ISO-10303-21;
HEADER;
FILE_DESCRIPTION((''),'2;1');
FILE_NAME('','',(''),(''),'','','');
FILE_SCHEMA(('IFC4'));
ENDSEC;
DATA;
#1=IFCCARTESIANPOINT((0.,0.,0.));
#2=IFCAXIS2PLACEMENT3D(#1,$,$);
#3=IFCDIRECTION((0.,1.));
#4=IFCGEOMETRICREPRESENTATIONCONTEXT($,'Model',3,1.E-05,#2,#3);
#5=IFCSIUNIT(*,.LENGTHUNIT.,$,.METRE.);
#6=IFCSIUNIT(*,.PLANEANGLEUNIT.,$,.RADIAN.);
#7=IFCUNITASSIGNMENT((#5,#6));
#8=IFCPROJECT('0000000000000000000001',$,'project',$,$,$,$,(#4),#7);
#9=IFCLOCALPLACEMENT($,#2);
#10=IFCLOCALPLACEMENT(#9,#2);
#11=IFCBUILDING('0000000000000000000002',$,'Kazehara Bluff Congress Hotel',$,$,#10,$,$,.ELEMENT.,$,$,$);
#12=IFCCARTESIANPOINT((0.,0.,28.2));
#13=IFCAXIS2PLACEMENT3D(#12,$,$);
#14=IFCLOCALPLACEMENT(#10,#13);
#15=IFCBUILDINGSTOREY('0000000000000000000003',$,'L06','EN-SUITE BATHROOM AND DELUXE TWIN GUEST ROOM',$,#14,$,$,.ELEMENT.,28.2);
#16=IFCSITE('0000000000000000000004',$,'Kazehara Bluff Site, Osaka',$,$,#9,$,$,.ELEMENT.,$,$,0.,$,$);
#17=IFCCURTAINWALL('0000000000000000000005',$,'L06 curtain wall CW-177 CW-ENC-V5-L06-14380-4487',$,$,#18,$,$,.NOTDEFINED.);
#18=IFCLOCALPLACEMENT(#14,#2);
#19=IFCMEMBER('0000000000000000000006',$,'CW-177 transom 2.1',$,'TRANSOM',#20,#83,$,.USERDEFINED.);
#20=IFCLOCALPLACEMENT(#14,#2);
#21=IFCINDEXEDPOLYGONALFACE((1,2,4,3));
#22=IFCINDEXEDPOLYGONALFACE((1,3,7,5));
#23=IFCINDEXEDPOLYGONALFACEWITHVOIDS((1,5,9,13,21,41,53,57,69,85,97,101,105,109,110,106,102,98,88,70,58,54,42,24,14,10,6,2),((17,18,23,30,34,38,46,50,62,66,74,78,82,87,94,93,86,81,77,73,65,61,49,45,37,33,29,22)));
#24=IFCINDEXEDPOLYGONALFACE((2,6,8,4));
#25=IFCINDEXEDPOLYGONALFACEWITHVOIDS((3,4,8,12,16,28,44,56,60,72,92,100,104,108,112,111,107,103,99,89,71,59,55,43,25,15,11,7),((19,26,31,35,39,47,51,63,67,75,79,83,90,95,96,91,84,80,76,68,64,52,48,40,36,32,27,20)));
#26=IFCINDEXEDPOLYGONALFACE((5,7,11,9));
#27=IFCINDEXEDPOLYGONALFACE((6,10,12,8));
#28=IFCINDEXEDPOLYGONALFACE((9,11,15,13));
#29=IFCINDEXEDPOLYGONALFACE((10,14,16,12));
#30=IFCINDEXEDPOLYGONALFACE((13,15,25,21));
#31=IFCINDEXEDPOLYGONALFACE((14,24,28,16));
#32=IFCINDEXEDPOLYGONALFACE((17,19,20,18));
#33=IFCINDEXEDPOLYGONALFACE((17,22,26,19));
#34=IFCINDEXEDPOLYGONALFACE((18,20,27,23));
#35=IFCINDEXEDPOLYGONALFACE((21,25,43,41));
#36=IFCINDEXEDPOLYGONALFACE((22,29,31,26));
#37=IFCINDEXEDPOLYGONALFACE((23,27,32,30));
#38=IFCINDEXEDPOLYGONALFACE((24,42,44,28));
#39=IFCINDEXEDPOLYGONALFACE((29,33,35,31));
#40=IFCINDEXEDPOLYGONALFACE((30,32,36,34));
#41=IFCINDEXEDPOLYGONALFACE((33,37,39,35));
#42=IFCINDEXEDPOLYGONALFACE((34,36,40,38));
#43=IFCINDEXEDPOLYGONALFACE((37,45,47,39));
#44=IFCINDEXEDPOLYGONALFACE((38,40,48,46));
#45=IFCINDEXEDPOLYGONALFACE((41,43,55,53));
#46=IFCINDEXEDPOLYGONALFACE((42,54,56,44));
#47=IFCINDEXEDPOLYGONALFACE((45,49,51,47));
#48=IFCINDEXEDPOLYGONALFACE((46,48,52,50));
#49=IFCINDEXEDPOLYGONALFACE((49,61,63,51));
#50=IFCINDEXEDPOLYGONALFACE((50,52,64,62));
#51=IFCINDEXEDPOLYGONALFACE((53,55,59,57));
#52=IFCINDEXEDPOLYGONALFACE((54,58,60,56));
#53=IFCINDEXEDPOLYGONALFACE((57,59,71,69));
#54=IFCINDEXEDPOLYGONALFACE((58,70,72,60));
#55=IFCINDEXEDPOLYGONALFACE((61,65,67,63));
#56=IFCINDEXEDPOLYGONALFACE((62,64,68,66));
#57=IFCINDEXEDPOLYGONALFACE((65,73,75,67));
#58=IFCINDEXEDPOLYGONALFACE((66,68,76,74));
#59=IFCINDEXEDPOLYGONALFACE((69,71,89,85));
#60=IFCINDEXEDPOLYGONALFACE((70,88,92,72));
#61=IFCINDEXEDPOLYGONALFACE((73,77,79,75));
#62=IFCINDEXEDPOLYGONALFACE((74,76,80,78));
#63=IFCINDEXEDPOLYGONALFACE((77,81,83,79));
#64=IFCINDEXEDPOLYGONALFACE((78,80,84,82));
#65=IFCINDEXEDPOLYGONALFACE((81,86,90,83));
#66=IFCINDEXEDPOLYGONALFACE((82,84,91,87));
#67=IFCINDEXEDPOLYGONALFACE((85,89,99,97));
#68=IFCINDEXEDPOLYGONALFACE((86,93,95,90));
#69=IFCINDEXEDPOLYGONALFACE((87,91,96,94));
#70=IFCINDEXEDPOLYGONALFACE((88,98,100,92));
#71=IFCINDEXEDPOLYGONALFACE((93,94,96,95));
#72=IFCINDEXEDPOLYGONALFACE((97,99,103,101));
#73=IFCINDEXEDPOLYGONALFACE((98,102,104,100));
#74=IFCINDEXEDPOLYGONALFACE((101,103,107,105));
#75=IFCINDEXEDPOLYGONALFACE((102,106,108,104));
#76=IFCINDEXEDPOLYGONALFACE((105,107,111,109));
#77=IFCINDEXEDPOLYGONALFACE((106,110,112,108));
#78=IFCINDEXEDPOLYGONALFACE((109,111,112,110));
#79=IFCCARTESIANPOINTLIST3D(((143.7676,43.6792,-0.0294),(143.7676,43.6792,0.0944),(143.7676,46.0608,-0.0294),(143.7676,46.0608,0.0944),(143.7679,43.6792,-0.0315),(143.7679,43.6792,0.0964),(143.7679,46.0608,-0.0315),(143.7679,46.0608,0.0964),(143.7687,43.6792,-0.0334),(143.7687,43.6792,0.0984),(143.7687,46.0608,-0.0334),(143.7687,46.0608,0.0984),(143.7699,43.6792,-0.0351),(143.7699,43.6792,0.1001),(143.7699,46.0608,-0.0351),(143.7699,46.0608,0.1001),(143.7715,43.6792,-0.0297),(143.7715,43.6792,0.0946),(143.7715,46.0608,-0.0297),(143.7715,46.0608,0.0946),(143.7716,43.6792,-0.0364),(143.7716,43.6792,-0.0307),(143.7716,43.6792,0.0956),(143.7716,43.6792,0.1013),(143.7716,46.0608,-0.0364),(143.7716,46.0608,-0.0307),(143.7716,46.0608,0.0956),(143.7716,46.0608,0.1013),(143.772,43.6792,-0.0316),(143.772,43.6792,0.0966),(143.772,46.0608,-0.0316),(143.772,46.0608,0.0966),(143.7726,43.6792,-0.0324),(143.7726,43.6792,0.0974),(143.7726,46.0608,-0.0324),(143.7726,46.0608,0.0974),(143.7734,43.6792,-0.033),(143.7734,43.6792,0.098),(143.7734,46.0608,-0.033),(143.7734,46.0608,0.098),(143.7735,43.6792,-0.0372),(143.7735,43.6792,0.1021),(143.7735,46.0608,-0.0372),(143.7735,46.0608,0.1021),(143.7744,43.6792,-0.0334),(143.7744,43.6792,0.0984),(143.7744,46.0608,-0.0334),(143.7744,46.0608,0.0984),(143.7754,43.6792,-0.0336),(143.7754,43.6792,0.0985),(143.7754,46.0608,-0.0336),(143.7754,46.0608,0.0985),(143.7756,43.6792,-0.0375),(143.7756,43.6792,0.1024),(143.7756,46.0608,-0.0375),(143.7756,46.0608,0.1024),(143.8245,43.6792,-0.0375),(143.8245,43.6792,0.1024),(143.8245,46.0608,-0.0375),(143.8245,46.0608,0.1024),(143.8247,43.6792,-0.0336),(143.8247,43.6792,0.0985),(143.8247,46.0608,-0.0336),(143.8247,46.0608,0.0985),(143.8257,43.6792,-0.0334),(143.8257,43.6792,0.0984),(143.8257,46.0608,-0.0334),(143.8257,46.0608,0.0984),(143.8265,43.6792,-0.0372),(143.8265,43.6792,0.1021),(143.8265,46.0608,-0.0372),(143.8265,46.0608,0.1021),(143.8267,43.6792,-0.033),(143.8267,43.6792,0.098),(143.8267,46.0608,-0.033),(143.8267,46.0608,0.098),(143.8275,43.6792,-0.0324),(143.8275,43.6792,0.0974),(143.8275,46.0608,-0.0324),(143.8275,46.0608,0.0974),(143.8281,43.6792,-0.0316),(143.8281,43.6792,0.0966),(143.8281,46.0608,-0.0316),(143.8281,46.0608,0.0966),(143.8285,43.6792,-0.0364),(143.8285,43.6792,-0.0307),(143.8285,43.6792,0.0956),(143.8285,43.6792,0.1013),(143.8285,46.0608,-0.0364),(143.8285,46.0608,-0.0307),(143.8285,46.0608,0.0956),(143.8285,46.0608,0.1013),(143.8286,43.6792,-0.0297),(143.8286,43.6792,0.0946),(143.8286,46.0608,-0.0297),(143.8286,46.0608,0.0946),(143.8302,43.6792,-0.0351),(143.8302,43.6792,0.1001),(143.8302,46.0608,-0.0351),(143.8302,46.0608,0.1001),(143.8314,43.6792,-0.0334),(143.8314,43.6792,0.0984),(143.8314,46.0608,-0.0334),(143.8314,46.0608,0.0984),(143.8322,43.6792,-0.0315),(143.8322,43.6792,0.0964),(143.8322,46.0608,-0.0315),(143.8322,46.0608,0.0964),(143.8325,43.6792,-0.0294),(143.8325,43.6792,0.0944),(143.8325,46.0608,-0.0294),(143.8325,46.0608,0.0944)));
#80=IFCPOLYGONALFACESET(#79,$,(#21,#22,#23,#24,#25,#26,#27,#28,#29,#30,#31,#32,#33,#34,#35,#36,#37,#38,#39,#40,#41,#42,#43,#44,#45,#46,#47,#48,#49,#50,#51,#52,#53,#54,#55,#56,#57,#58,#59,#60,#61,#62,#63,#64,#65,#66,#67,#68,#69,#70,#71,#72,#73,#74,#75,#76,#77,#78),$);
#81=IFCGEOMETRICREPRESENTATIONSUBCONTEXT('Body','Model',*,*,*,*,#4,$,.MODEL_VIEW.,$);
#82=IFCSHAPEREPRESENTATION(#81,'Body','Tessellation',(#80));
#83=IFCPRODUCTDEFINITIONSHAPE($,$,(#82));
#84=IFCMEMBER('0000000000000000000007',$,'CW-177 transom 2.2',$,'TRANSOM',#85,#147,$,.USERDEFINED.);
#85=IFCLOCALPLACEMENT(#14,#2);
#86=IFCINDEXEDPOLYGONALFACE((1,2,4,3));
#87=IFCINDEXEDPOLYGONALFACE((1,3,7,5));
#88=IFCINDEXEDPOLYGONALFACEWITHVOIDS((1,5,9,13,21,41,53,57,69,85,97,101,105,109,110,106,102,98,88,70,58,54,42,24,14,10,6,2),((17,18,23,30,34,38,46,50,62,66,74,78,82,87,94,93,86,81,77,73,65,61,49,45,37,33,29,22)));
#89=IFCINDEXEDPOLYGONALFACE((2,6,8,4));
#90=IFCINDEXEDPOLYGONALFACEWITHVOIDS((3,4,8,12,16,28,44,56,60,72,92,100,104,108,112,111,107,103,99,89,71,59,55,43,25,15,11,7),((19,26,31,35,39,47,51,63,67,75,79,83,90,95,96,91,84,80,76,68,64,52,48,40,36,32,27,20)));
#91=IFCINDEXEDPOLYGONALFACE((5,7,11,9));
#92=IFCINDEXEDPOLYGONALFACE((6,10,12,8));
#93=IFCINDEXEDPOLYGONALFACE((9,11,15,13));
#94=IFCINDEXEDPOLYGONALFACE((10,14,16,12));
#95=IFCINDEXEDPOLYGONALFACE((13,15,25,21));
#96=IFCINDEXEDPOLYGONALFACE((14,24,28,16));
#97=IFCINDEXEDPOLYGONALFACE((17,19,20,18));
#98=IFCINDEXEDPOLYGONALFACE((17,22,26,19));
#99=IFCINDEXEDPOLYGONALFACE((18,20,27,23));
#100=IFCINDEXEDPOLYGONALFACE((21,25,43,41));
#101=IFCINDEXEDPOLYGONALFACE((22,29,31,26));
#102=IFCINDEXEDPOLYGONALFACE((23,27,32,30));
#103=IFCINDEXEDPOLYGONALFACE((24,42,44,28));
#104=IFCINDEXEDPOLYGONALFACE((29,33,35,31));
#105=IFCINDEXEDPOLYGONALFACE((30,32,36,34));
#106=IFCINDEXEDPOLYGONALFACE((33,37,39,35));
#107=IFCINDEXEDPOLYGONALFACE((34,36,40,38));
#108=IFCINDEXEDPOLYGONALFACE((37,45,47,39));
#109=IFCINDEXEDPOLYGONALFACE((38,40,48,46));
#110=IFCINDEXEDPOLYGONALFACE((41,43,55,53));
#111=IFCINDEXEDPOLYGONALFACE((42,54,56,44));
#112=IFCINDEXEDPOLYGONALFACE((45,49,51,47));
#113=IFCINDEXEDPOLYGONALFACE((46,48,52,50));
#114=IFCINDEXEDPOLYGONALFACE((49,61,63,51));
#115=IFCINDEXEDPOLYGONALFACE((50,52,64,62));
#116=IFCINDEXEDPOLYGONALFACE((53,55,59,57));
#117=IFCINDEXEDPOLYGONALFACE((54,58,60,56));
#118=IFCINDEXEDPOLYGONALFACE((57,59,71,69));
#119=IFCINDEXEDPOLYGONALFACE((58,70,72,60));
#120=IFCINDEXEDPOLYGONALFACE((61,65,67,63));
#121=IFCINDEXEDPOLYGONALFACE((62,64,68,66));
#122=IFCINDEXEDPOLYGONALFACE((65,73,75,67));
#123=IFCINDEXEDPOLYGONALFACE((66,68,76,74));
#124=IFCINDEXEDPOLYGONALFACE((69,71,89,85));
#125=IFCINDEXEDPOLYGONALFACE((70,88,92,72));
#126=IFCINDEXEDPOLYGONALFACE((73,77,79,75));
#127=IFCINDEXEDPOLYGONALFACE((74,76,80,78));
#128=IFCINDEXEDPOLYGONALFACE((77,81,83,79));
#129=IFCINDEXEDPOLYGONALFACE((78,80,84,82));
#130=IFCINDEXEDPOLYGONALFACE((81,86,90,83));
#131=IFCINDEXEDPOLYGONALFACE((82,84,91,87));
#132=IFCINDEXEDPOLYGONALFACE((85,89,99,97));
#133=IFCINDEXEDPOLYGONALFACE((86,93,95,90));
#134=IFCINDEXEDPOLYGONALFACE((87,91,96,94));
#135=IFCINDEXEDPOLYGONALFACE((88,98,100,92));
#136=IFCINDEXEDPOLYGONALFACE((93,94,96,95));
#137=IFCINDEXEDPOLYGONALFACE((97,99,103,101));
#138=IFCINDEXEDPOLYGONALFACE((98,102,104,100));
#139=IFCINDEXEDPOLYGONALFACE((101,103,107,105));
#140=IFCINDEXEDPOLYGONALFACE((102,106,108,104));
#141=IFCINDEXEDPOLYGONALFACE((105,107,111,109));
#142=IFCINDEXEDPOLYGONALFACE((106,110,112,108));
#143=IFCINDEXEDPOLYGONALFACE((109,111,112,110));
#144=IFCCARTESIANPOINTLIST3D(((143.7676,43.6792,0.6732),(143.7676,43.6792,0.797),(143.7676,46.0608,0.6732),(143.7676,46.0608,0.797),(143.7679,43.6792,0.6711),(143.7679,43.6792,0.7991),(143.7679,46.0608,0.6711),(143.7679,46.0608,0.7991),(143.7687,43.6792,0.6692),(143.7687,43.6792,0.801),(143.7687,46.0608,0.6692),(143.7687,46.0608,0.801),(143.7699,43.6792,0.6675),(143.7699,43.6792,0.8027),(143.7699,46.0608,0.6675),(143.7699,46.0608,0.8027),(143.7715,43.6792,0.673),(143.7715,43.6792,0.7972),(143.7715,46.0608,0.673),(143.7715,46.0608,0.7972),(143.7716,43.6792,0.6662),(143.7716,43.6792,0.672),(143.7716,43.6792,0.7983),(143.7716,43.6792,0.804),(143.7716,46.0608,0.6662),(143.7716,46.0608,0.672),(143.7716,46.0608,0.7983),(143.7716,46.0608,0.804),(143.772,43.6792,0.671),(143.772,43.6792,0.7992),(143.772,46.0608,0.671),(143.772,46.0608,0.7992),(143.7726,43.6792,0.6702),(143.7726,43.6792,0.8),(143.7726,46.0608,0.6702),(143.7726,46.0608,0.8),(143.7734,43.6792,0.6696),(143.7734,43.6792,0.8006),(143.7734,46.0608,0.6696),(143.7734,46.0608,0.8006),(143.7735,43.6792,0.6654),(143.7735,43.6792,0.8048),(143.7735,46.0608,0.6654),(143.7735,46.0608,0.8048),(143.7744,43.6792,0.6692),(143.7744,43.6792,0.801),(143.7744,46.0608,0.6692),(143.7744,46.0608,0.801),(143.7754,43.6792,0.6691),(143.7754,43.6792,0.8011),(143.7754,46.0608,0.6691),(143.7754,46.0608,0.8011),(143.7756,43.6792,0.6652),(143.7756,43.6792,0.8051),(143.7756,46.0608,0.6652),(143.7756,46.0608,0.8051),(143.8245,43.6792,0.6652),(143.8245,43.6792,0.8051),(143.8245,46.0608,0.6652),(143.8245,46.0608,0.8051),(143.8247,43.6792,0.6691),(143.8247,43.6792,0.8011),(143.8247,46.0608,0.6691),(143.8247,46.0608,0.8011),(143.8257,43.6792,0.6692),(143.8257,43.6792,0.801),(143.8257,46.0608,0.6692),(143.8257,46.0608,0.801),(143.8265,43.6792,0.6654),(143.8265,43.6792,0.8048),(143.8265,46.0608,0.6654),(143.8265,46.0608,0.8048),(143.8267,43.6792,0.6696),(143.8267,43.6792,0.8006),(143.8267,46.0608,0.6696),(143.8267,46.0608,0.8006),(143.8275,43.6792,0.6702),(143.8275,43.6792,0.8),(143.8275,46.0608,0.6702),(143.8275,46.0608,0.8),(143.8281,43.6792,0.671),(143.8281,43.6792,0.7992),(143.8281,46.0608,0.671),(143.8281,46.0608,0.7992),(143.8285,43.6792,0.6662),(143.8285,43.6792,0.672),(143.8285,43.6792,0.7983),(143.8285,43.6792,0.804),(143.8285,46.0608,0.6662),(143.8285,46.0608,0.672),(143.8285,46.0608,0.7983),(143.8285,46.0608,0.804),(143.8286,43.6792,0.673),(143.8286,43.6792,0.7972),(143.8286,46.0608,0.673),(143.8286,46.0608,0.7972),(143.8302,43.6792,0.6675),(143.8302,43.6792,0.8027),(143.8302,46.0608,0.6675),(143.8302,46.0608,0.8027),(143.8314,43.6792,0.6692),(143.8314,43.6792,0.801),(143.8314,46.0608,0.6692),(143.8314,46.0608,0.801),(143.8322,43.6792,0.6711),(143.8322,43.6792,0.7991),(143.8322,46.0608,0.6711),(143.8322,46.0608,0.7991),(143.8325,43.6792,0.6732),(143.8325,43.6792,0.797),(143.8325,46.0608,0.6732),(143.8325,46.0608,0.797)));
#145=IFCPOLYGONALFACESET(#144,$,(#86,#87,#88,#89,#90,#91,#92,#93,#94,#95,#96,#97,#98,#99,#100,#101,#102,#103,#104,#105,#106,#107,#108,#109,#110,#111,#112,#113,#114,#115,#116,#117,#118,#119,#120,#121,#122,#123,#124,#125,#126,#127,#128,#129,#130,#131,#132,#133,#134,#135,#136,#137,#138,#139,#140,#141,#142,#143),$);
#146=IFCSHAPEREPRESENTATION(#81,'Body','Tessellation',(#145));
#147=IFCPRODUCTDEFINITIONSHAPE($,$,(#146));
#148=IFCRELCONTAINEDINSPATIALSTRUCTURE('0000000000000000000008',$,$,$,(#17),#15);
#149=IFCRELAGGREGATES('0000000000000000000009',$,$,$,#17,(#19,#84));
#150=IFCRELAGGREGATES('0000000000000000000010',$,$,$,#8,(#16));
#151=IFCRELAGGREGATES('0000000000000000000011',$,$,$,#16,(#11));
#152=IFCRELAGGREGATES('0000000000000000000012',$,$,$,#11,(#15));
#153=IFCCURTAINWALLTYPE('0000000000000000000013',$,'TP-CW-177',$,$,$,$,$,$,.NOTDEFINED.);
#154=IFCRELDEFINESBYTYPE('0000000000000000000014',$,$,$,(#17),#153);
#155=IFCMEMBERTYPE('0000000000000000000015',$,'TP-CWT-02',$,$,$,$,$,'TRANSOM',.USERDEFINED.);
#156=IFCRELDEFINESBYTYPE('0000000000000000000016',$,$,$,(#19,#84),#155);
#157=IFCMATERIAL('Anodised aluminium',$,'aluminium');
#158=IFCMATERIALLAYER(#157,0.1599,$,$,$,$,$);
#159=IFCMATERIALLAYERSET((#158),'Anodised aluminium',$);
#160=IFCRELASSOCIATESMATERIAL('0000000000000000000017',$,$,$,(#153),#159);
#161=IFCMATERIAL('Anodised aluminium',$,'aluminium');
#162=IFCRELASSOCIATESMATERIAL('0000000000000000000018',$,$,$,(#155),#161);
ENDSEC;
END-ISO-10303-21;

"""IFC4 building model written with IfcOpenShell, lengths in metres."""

from ifc_helpers import new_model, si_unit, direction, frame, origin, origin_2d, place, context, subcontext, project, spatial, hollow_rectangle, extrude, material, layer, layer_set, material_profile, profile_set, type_object, element, aggregate, save


model = new_model("IFC4")

# Units and contexts
model_context = context("Model", 3, precision=1e-05, world=origin(), true_north=direction((0.0, 1.0)))
body_context = subcontext(model_context, "Body", "Model", "MODEL_VIEW")
ifc_project = project(units=[si_unit("LENGTHUNIT", "METRE"), si_unit("PLANEANGLEUNIT", "RADIAN")], contexts=[model_context])

# Site, building, storey
site_placement = place(None, origin())
site = spatial("IfcSite", under=ifc_project, at=site_placement, Name="Kazehara Bluff Site, Osaka", CompositionType="ELEMENT", RefElevation=0.0)
building_placement = place(site_placement, origin())
building = spatial("IfcBuilding", under=site, at=building_placement, Name="Kazehara Bluff Congress Hotel", CompositionType="ELEMENT")
storey_placement = place(building_placement, frame((0.0, 0.0, 28.2)))
storey = spatial("IfcBuildingStorey", under=building, at=storey_placement, Name="L06", Description="EN-SUITE BATHROOM AND DELUXE TWIN GUEST ROOM", CompositionType="ELEMENT", Elevation=28.2)

# Curtain wall, members
ifc_material_1 = material(Name="Anodised aluminium", Category="aluminium")
ifc_layer_1 = layer(ifc_material_1, 0.1599)
ifc_layer_set_1 = layer_set([ifc_layer_1], Name="Anodised aluminium")
curtain_wall_type = type_object("IfcCurtainWallType", Name="TP-CW-177", PredefinedType="NOTDEFINED", material=ifc_layer_set_1)
curtain_wall_placement = place(storey_placement, origin())
curtain_wall = element("IfcCurtainWall", 1, at=curtain_wall_placement, inside=storey, type_object=curtain_wall_type, Name="L06 curtain wall CW-177 CW-ENC-V5-L06-14380-4487", PredefinedType="NOTDEFINED")
ifc_material_2 = material(Name="Anodised aluminium", Category="aluminium")
ifc_material_profile_1 = material_profile(ifc_material_2, hollow_rectangle(XDim=0.0649, YDim=0.1399, WallThickness=0.0039, InnerFilletRadius=0.0039, OuterFilletRadius=0.0081, at=origin_2d()))
ifc_profile_set_1 = profile_set([ifc_material_profile_1], Name="Anodised aluminium")
member_type_1 = type_object("IfcMemberType", Name="TP-CWT-02", ElementType="TRANSOM", PredefinedType="USERDEFINED", material=ifc_profile_set_1)
member_1_placement = place(storey_placement, frame((143.8, 43.6792, 0.0325), z_axis=(0.0, 1.0, 0.0), x_axis=(-1.0, 0.0, 0.0)))
member_1 = element("IfcMember", 2, at=member_1_placement, type_object=member_type_1, Name="CW-177 transom 2.1", ObjectType="TRANSOM", PredefinedType="USERDEFINED", context=body_context, shape_type="SweptSolid", body=[
    extrude(hollow_rectangle(XDim=0.0649, YDim=0.1399, WallThickness=0.0039, InnerFilletRadius=0.0039, OuterFilletRadius=0.0081, at=origin_2d()), origin(), (0.0, 0.0, 1.0), 2.3816),
])
member_2_placement = place(storey_placement, frame((143.8, 43.6792, 0.7351), z_axis=(0.0, 1.0, 0.0), x_axis=(-1.0, 0.0, 0.0)))
member_2 = element("IfcMember", 3, at=member_2_placement, type_object=member_type_1, Name="CW-177 transom 2.2", ObjectType="TRANSOM", PredefinedType="USERDEFINED", context=body_context, shape_type="SweptSolid", body=[
    extrude(hollow_rectangle(XDim=0.0649, YDim=0.1399, WallThickness=0.0039, InnerFilletRadius=0.0039, OuterFilletRadius=0.0081, at=origin_2d()), origin(), (0.0, 0.0, 1.0), 2.3816),
])
aggregate(curtain_wall, [member_1, member_2])

save(model, "model.ifc")
